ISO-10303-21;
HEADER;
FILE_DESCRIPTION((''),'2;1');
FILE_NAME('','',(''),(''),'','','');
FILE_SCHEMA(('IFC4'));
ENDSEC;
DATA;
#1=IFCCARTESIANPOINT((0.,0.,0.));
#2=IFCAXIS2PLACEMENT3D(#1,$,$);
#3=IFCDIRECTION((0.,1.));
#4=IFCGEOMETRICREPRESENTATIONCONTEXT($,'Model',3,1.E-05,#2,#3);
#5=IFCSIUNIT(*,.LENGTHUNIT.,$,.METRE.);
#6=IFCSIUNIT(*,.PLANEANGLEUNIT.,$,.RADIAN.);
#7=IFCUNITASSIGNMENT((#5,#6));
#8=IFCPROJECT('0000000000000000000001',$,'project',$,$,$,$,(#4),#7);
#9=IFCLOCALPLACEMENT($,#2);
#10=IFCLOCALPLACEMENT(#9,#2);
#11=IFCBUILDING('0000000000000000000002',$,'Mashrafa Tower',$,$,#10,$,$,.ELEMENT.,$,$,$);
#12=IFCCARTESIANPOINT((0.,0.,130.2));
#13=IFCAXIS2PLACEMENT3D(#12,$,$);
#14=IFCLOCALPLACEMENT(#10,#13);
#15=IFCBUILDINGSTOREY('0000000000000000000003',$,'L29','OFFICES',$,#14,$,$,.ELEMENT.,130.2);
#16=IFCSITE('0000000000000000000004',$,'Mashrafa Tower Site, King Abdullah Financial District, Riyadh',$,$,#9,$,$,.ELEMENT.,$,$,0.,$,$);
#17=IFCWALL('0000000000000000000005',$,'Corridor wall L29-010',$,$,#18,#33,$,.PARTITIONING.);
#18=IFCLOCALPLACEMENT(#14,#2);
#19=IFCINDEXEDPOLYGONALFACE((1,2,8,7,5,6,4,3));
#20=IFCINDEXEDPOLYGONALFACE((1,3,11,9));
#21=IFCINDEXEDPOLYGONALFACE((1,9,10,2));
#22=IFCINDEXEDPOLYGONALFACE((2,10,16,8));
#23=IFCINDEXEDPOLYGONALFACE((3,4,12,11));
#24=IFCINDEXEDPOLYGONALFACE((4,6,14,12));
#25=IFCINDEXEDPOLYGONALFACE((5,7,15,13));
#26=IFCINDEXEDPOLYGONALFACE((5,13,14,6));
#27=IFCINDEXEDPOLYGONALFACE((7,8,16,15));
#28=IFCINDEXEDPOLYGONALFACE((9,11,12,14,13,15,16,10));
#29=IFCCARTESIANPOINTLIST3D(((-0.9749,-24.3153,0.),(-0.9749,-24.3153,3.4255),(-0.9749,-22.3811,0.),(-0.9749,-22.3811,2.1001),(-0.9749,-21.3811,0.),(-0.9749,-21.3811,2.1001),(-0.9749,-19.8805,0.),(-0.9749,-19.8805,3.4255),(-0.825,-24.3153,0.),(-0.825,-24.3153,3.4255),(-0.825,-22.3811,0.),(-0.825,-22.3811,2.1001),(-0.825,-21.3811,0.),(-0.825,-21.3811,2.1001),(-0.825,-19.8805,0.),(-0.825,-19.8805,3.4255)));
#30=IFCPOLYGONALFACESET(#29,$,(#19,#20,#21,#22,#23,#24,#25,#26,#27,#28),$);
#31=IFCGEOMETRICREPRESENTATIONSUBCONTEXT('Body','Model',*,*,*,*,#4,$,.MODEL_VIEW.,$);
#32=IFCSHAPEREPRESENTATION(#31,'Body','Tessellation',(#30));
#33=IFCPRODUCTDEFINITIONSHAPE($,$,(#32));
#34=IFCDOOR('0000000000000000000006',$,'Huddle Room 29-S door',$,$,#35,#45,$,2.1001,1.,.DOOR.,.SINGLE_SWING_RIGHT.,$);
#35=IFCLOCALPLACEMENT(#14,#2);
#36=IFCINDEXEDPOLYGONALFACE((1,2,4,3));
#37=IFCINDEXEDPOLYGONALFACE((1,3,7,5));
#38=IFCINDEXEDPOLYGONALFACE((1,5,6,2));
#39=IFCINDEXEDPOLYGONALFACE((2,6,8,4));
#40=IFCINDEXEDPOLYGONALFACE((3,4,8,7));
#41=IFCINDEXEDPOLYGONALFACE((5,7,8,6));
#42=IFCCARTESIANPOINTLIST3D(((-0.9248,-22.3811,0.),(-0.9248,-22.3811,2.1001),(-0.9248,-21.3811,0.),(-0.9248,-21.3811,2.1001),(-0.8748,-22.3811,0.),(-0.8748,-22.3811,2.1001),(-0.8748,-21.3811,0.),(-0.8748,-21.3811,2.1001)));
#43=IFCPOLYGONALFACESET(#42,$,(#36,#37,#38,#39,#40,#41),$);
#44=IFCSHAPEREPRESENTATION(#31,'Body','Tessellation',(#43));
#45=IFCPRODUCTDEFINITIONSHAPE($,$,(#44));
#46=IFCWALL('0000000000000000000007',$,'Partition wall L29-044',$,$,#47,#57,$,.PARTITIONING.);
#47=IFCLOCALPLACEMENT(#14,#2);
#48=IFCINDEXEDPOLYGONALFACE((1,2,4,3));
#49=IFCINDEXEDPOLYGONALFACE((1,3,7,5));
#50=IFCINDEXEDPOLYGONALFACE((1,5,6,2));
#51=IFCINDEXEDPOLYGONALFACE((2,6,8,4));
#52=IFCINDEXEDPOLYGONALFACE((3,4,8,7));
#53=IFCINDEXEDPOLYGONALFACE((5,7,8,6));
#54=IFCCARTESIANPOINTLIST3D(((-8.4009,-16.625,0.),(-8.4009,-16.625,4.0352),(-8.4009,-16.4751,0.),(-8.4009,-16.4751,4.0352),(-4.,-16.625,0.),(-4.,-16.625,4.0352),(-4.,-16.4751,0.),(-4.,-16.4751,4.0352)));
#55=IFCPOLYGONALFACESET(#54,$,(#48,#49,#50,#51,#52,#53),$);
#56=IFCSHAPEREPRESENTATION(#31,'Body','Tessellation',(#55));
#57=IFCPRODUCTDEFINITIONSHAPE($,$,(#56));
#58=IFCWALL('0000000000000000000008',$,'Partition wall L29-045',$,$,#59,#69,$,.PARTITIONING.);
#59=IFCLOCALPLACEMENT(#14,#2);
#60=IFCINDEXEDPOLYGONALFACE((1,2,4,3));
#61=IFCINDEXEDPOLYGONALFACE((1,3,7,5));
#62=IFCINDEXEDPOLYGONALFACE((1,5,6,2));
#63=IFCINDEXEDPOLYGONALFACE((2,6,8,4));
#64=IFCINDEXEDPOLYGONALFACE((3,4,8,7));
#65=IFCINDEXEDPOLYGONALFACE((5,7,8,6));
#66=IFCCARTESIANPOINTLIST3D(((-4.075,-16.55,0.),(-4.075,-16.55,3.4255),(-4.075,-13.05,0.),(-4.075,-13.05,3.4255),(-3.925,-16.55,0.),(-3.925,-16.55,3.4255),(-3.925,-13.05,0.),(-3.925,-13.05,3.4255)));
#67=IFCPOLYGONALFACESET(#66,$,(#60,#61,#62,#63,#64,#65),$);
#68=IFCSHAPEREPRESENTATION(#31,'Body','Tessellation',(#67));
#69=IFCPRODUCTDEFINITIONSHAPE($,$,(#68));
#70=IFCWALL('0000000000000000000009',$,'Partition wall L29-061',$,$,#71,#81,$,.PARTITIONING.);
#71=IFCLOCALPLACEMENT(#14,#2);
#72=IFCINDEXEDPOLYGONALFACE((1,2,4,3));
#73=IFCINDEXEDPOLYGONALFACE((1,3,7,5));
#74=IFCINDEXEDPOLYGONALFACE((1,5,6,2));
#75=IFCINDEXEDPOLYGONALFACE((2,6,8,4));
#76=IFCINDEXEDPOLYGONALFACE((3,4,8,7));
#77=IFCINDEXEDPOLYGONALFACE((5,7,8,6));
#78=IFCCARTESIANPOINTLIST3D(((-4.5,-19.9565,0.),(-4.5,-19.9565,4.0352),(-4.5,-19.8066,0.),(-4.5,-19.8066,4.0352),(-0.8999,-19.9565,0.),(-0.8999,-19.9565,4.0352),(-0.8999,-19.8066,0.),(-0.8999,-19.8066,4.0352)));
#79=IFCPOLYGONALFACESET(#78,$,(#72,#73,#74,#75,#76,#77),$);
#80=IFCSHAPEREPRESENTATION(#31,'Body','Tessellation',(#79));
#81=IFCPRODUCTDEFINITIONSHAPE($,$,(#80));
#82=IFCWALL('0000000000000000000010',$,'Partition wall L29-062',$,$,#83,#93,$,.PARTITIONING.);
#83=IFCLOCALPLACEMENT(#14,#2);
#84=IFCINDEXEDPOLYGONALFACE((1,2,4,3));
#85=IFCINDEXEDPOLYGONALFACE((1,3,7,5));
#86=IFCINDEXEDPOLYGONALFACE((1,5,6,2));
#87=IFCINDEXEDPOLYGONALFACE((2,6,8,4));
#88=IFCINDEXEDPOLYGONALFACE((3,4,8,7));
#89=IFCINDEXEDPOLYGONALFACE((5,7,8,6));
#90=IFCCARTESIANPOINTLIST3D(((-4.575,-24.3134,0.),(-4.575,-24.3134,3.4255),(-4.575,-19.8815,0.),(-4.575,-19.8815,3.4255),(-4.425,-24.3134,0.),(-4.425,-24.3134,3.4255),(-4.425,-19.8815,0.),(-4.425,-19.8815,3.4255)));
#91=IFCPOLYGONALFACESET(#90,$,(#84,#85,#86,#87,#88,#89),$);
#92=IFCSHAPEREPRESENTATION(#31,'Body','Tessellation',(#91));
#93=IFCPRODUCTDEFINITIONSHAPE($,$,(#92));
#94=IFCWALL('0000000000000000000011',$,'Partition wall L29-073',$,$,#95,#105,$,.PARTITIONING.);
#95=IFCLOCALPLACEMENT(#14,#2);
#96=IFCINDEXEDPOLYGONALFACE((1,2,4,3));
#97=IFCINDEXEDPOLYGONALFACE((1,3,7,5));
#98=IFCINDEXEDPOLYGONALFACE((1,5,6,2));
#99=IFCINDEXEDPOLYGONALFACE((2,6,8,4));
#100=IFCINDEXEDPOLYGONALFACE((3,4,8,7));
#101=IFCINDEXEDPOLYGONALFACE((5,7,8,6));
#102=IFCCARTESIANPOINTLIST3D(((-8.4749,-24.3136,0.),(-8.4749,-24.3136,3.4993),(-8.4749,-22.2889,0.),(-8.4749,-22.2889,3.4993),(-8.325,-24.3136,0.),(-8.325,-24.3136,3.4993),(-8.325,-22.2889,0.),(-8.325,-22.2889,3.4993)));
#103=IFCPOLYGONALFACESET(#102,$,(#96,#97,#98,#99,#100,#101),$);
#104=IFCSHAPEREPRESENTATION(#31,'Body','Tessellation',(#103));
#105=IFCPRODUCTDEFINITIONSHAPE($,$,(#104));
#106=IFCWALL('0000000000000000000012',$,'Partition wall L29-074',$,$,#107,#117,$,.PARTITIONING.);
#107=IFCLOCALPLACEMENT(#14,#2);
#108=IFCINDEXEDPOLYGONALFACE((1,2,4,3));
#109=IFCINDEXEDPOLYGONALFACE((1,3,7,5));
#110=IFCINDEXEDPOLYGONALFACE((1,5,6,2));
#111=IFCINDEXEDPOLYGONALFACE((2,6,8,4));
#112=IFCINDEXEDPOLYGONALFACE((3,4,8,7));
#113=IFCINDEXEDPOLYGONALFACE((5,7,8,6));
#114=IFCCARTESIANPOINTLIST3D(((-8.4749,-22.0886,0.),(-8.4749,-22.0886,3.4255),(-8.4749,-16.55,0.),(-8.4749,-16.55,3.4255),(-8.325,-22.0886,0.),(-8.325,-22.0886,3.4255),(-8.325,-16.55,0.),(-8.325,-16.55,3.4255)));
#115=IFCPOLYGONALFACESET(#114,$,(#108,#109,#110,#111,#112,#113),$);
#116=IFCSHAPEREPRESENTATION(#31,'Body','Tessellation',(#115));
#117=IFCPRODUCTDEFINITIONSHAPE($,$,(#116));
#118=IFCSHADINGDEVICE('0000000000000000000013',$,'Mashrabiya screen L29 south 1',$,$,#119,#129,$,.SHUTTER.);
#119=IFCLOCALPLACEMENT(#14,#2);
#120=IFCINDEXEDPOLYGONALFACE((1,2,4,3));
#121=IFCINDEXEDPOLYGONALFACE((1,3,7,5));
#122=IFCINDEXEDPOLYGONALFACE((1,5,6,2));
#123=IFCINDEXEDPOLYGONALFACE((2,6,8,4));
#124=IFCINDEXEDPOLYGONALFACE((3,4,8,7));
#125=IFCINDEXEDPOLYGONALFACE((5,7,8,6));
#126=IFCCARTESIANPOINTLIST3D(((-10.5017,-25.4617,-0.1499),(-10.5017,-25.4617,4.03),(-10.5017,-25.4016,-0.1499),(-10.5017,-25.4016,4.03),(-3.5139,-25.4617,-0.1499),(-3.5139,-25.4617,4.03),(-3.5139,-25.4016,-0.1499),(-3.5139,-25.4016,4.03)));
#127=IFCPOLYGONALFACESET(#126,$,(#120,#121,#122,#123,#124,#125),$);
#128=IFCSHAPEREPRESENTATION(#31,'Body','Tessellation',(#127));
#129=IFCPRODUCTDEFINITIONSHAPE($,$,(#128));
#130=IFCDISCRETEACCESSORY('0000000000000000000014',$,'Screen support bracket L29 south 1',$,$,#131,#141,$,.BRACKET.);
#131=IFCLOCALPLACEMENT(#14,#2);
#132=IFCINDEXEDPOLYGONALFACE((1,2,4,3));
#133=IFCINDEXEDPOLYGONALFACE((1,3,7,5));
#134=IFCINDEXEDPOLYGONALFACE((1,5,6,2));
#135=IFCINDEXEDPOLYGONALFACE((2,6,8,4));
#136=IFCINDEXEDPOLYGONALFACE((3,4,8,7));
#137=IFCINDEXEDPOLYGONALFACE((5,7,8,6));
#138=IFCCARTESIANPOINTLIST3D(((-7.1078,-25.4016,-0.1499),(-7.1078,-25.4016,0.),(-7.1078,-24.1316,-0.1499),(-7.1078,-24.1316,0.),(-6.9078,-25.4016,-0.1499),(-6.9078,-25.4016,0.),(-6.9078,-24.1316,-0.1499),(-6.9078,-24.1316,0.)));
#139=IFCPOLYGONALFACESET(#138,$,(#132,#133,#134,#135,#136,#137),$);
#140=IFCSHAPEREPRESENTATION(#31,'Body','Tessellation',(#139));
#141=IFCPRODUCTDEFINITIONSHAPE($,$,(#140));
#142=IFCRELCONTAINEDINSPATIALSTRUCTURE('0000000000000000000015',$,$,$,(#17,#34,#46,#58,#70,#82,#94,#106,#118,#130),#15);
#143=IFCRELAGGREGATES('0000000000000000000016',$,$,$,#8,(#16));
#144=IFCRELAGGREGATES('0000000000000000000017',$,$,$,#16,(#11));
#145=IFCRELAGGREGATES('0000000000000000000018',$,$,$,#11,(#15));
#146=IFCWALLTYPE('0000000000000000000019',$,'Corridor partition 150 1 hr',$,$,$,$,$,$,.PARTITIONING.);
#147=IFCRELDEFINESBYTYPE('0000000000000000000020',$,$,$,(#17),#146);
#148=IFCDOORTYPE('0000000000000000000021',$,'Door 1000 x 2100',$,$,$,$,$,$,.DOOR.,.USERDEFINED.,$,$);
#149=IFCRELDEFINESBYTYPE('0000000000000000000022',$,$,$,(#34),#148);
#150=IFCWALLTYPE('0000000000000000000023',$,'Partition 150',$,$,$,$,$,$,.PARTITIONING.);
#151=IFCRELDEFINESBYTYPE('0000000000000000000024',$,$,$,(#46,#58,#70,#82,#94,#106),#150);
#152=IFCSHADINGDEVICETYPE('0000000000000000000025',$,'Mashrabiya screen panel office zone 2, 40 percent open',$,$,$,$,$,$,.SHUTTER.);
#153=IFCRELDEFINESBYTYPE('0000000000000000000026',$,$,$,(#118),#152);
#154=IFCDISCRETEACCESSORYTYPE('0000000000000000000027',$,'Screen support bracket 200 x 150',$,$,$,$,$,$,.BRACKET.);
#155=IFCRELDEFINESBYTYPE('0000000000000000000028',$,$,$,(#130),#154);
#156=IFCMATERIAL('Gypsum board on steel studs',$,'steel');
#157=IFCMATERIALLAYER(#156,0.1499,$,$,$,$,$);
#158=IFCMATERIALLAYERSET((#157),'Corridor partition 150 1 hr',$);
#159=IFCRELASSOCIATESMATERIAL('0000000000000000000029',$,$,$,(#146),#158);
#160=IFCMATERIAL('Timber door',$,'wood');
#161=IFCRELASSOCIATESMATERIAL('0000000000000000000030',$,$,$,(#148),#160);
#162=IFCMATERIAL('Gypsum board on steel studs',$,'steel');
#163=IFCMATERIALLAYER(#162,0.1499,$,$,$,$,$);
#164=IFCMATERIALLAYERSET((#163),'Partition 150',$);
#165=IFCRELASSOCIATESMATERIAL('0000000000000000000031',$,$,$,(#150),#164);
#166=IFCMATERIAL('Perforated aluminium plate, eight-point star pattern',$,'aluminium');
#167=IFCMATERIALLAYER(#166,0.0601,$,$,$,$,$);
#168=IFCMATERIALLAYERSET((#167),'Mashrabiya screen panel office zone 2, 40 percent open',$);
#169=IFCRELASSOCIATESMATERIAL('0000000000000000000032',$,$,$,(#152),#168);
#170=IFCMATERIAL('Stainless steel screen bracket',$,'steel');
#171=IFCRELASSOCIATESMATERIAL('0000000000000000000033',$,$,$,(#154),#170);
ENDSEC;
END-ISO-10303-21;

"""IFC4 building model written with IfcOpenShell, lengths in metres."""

from ifc_helpers import new_model, si_unit, direction, frame, frame_2d, origin, origin_2d, place, context, subcontext, project, spatial, rectangle, extrude, source, transform, mapped, material, layer, layer_set, type_object, type_shapes, element, fill, save


model = new_model("IFC4")

# Units and contexts
model_context = context("Model", 3, precision=1e-05, world=origin(), true_north=direction((0.0, 1.0)))
body_context = subcontext(model_context, "Body", "Model", "MODEL_VIEW")
ifc_project = project(units=[si_unit("LENGTHUNIT", "METRE"), si_unit("PLANEANGLEUNIT", "RADIAN")], contexts=[model_context])

# Site, building, storey
site_placement = place(None, origin())
site = spatial("IfcSite", under=ifc_project, at=site_placement, Name="Mashrafa Tower Site, King Abdullah Financial District, Riyadh", CompositionType="ELEMENT", RefElevation=0.0)
building_placement = place(site_placement, origin())
building = spatial("IfcBuilding", under=site, at=building_placement, Name="Mashrafa Tower", CompositionType="ELEMENT")
storey_placement = place(building_placement, frame((0.0, 0.0, 130.2)))
storey = spatial("IfcBuildingStorey", under=building, at=storey_placement, Name="L29", Description="OFFICES", CompositionType="ELEMENT", Elevation=130.2)

# Wall, opening, door
ifc_material_1 = material(Name="Gypsum board on steel studs", Category="steel")
ifc_layer_1 = layer(ifc_material_1, 0.1499)
ifc_layer_set_1 = layer_set([ifc_layer_1], Name="Corridor partition 150 1 hr")
wall_type_1 = type_object("IfcWallType", Name="Corridor partition 150 1 hr", PredefinedType="PARTITIONING", material=ifc_layer_set_1)
wall_1_placement = place(storey_placement, frame((-0.8999, -19.8806, 0.0), z_axis=(0.0, 0.0, 1.0), x_axis=(0.0, -1.0, 0.0)))
wall_1 = element("IfcWall", 1, at=wall_1_placement, inside=storey, type_object=wall_type_1, Name="Corridor wall L29-010", PredefinedType="PARTITIONING", context=body_context, shape_type="SweptSolid", body=[
    extrude(rectangle(XDim=4.4348, YDim=0.1499, at=frame_2d((2.2173, 0.0))), origin(), (0.0, 0.0, 1.0), 3.4255),
])
opening_placement = place(wall_1_placement, frame((1.5005, 0.0, 0.0)))
opening = element("IfcOpeningElement", 2, at=opening_placement, cuts=wall_1, PredefinedType="OPENING", context=body_context, shape_type="SweptSolid", body=[
    extrude(rectangle(XDim=1.0, YDim=2.1001, at=frame_2d((0.5, 1.05))), frame((0.0, 0.085, 0.0), z_axis=(0.0, -1.0, 0.0), x_axis=(1.0, 0.0, 0.0)), (0.0, 0.0, 1.0), 0.1699),
])
ifc_material_2 = material(Name="Timber door", Category="wood")
door_type = type_object("IfcDoorType", Name="Door 1000 x 2100", OperationType="USERDEFINED", PredefinedType="DOOR", material=ifc_material_2)
door_placement = place(opening_placement, frame((1.0, 0.0, 0.0), z_axis=(0.0, 0.0, 1.0), x_axis=(-1.0, 0.0, 0.0)))
door = element("IfcDoor", 3, at=door_placement, inside=storey, type_object=door_type, Name="Huddle Room 29-S door", OperationType="SINGLE_SWING_RIGHT", OverallHeight=2.1001, OverallWidth=1.0, PredefinedType="DOOR", context=body_context, shape_type="SweptSolid", body=[
    extrude(rectangle(XDim=1.0, YDim=2.1001, at=frame_2d((0.5, 1.05))), frame((0.0, 0.0249, 0.0), z_axis=(0.0, -1.0, 0.0), x_axis=(1.0, 0.0, 0.0)), (0.0, 0.0, 1.0), 0.05),
])
fill(opening, door)

# Walls
ifc_material_3 = material(Name="Gypsum board on steel studs", Category="steel")
ifc_layer_2 = layer(ifc_material_3, 0.1499)
ifc_layer_set_2 = layer_set([ifc_layer_2], Name="Partition 150")
wall_type_2 = type_object("IfcWallType", Name="Partition 150", PredefinedType="PARTITIONING", material=ifc_layer_set_2)
wall_2_placement = place(storey_placement, frame((-8.4009, -16.55, 0.0), z_axis=(0.0, 0.0, 1.0), x_axis=(1.0, 0.0, 0.0)))
element("IfcWall", 4, at=wall_2_placement, inside=storey, type_object=wall_type_2, Name="Partition wall L29-044", PredefinedType="PARTITIONING", context=body_context, shape_type="SweptSolid", body=[
    extrude(rectangle(XDim=4.4009, YDim=0.1499, at=frame_2d((2.2004, 0.0))), origin(), (0.0, 0.0, 1.0), 4.0352),
])
wall_3_placement = place(storey_placement, frame((-4.0, -16.55, 0.0), z_axis=(0.0, 0.0, 1.0), x_axis=(0.0, 1.0, 0.0)))
element("IfcWall", 5, at=wall_3_placement, inside=storey, type_object=wall_type_2, Name="Partition wall L29-045", PredefinedType="PARTITIONING", context=body_context, shape_type="SweptSolid", body=[
    extrude(rectangle(XDim=3.5, YDim=0.1499, at=frame_2d((1.75, 0.0))), origin(), (0.0, 0.0, 1.0), 3.4255),
])
wall_4_placement = place(storey_placement, frame((-0.8999, -19.8816, 0.0), z_axis=(0.0, 0.0, 1.0), x_axis=(-1.0, 0.0, 0.0)))
element("IfcWall", 6, at=wall_4_placement, inside=storey, type_object=wall_type_2, Name="Partition wall L29-061", PredefinedType="PARTITIONING", context=body_context, shape_type="SweptSolid", body=[
    extrude(rectangle(XDim=3.6001, YDim=0.1499, at=frame_2d((1.8, 0.0))), origin(), (0.0, 0.0, 1.0), 4.0352),
])
wall_5_placement = place(storey_placement, frame((-4.5, -19.8816, 0.0), z_axis=(0.0, 0.0, 1.0), x_axis=(0.0, -1.0, 0.0)))
element("IfcWall", 7, at=wall_5_placement, inside=storey, type_object=wall_type_2, Name="Partition wall L29-062", PredefinedType="PARTITIONING", context=body_context, shape_type="SweptSolid", body=[
    extrude(rectangle(XDim=4.4319, YDim=0.1499, at=frame_2d((2.2158, 0.0))), origin(), (0.0, 0.0, 1.0), 3.4255),
])
wall_6_placement = place(storey_placement, frame((-8.3999, -24.3135, 0.0), z_axis=(0.0, 0.0, 1.0), x_axis=(0.0, 1.0, 0.0)))
element("IfcWall", 8, at=wall_6_placement, inside=storey, type_object=wall_type_2, Name="Partition wall L29-073", PredefinedType="PARTITIONING", context=body_context, shape_type="SweptSolid", body=[
    extrude(rectangle(XDim=2.0247, YDim=0.1499, at=frame_2d((1.0122, 0.0))), origin(), (0.0, 0.0, 1.0), 3.4993),
])
wall_7_placement = place(storey_placement, frame((-8.3999, -22.0886, 0.0), z_axis=(0.0, 0.0, 1.0), x_axis=(0.0, 1.0, 0.0)))
element("IfcWall", 9, at=wall_7_placement, inside=storey, type_object=wall_type_2, Name="Partition wall L29-074", PredefinedType="PARTITIONING", context=body_context, shape_type="SweptSolid", body=[
    extrude(rectangle(XDim=5.5386, YDim=0.1499, at=frame_2d((2.7693, 0.0))), origin(), (0.0, 0.0, 1.0), 3.4255),
])

# Shading device
ifc_material_4 = material(Name="Perforated aluminium plate, eight-point star pattern", Category="aluminium")
ifc_layer_3 = layer(ifc_material_4, 0.0601)
ifc_layer_set_3 = layer_set([ifc_layer_3], Name="Mashrabiya screen panel office zone 2, 40 percent open")
shading_device_type = type_object("IfcShadingDeviceType", Name="Mashrabiya screen panel office zone 2, 40 percent open", PredefinedType="SHUTTER", material=ifc_layer_set_3)
shared_shape_1 = source(origin(), body_context, "Body", "SweptSolid", [
    extrude(rectangle(XDim=6.9878, YDim=0.0601, at=origin_2d()), origin(), (0.0, 0.0, 1.0), 4.1799),
])
type_shapes(shading_device_type, [shared_shape_1])
shading_device_placement = place(storey_placement, frame((-7.0078, -25.4316, -0.1499), z_axis=(0.0, 0.0, 1.0), x_axis=(1.0, 0.0, 0.0)))
element("IfcShadingDevice", 10, at=shading_device_placement, inside=storey, type_object=shading_device_type, Name="Mashrabiya screen L29 south 1", PredefinedType="SHUTTER", context=body_context, shape_type="MappedRepresentation", body=[
    mapped(shared_shape_1, transform((0.0, 0.0, 0.0))),
])

# Discrete accessory
ifc_material_5 = material(Name="Stainless steel screen bracket", Category="steel")
discrete_accessory_type = type_object("IfcDiscreteAccessoryType", Name="Screen support bracket 200 x 150", PredefinedType="BRACKET", material=ifc_material_5)
shared_shape_2 = source(origin(), body_context, "Body", "SweptSolid", [
    extrude(rectangle(XDim=0.2, YDim=1.27, at=origin_2d()), origin(), (0.0, 0.0, 1.0), 0.1499),
])
type_shapes(discrete_accessory_type, [shared_shape_2])
discrete_accessory_placement = place(storey_placement, frame((-7.0078, -24.7666, -0.1499), z_axis=(0.0, 0.0, 1.0), x_axis=(1.0, 0.0, 0.0)))
element("IfcDiscreteAccessory", 11, at=discrete_accessory_placement, inside=storey, type_object=discrete_accessory_type, Name="Screen support bracket L29 south 1", PredefinedType="BRACKET", context=body_context, shape_type="MappedRepresentation", body=[
    mapped(shared_shape_2, transform((0.0, 0.0, 0.0))),
])

save(model, "model.ifc")
